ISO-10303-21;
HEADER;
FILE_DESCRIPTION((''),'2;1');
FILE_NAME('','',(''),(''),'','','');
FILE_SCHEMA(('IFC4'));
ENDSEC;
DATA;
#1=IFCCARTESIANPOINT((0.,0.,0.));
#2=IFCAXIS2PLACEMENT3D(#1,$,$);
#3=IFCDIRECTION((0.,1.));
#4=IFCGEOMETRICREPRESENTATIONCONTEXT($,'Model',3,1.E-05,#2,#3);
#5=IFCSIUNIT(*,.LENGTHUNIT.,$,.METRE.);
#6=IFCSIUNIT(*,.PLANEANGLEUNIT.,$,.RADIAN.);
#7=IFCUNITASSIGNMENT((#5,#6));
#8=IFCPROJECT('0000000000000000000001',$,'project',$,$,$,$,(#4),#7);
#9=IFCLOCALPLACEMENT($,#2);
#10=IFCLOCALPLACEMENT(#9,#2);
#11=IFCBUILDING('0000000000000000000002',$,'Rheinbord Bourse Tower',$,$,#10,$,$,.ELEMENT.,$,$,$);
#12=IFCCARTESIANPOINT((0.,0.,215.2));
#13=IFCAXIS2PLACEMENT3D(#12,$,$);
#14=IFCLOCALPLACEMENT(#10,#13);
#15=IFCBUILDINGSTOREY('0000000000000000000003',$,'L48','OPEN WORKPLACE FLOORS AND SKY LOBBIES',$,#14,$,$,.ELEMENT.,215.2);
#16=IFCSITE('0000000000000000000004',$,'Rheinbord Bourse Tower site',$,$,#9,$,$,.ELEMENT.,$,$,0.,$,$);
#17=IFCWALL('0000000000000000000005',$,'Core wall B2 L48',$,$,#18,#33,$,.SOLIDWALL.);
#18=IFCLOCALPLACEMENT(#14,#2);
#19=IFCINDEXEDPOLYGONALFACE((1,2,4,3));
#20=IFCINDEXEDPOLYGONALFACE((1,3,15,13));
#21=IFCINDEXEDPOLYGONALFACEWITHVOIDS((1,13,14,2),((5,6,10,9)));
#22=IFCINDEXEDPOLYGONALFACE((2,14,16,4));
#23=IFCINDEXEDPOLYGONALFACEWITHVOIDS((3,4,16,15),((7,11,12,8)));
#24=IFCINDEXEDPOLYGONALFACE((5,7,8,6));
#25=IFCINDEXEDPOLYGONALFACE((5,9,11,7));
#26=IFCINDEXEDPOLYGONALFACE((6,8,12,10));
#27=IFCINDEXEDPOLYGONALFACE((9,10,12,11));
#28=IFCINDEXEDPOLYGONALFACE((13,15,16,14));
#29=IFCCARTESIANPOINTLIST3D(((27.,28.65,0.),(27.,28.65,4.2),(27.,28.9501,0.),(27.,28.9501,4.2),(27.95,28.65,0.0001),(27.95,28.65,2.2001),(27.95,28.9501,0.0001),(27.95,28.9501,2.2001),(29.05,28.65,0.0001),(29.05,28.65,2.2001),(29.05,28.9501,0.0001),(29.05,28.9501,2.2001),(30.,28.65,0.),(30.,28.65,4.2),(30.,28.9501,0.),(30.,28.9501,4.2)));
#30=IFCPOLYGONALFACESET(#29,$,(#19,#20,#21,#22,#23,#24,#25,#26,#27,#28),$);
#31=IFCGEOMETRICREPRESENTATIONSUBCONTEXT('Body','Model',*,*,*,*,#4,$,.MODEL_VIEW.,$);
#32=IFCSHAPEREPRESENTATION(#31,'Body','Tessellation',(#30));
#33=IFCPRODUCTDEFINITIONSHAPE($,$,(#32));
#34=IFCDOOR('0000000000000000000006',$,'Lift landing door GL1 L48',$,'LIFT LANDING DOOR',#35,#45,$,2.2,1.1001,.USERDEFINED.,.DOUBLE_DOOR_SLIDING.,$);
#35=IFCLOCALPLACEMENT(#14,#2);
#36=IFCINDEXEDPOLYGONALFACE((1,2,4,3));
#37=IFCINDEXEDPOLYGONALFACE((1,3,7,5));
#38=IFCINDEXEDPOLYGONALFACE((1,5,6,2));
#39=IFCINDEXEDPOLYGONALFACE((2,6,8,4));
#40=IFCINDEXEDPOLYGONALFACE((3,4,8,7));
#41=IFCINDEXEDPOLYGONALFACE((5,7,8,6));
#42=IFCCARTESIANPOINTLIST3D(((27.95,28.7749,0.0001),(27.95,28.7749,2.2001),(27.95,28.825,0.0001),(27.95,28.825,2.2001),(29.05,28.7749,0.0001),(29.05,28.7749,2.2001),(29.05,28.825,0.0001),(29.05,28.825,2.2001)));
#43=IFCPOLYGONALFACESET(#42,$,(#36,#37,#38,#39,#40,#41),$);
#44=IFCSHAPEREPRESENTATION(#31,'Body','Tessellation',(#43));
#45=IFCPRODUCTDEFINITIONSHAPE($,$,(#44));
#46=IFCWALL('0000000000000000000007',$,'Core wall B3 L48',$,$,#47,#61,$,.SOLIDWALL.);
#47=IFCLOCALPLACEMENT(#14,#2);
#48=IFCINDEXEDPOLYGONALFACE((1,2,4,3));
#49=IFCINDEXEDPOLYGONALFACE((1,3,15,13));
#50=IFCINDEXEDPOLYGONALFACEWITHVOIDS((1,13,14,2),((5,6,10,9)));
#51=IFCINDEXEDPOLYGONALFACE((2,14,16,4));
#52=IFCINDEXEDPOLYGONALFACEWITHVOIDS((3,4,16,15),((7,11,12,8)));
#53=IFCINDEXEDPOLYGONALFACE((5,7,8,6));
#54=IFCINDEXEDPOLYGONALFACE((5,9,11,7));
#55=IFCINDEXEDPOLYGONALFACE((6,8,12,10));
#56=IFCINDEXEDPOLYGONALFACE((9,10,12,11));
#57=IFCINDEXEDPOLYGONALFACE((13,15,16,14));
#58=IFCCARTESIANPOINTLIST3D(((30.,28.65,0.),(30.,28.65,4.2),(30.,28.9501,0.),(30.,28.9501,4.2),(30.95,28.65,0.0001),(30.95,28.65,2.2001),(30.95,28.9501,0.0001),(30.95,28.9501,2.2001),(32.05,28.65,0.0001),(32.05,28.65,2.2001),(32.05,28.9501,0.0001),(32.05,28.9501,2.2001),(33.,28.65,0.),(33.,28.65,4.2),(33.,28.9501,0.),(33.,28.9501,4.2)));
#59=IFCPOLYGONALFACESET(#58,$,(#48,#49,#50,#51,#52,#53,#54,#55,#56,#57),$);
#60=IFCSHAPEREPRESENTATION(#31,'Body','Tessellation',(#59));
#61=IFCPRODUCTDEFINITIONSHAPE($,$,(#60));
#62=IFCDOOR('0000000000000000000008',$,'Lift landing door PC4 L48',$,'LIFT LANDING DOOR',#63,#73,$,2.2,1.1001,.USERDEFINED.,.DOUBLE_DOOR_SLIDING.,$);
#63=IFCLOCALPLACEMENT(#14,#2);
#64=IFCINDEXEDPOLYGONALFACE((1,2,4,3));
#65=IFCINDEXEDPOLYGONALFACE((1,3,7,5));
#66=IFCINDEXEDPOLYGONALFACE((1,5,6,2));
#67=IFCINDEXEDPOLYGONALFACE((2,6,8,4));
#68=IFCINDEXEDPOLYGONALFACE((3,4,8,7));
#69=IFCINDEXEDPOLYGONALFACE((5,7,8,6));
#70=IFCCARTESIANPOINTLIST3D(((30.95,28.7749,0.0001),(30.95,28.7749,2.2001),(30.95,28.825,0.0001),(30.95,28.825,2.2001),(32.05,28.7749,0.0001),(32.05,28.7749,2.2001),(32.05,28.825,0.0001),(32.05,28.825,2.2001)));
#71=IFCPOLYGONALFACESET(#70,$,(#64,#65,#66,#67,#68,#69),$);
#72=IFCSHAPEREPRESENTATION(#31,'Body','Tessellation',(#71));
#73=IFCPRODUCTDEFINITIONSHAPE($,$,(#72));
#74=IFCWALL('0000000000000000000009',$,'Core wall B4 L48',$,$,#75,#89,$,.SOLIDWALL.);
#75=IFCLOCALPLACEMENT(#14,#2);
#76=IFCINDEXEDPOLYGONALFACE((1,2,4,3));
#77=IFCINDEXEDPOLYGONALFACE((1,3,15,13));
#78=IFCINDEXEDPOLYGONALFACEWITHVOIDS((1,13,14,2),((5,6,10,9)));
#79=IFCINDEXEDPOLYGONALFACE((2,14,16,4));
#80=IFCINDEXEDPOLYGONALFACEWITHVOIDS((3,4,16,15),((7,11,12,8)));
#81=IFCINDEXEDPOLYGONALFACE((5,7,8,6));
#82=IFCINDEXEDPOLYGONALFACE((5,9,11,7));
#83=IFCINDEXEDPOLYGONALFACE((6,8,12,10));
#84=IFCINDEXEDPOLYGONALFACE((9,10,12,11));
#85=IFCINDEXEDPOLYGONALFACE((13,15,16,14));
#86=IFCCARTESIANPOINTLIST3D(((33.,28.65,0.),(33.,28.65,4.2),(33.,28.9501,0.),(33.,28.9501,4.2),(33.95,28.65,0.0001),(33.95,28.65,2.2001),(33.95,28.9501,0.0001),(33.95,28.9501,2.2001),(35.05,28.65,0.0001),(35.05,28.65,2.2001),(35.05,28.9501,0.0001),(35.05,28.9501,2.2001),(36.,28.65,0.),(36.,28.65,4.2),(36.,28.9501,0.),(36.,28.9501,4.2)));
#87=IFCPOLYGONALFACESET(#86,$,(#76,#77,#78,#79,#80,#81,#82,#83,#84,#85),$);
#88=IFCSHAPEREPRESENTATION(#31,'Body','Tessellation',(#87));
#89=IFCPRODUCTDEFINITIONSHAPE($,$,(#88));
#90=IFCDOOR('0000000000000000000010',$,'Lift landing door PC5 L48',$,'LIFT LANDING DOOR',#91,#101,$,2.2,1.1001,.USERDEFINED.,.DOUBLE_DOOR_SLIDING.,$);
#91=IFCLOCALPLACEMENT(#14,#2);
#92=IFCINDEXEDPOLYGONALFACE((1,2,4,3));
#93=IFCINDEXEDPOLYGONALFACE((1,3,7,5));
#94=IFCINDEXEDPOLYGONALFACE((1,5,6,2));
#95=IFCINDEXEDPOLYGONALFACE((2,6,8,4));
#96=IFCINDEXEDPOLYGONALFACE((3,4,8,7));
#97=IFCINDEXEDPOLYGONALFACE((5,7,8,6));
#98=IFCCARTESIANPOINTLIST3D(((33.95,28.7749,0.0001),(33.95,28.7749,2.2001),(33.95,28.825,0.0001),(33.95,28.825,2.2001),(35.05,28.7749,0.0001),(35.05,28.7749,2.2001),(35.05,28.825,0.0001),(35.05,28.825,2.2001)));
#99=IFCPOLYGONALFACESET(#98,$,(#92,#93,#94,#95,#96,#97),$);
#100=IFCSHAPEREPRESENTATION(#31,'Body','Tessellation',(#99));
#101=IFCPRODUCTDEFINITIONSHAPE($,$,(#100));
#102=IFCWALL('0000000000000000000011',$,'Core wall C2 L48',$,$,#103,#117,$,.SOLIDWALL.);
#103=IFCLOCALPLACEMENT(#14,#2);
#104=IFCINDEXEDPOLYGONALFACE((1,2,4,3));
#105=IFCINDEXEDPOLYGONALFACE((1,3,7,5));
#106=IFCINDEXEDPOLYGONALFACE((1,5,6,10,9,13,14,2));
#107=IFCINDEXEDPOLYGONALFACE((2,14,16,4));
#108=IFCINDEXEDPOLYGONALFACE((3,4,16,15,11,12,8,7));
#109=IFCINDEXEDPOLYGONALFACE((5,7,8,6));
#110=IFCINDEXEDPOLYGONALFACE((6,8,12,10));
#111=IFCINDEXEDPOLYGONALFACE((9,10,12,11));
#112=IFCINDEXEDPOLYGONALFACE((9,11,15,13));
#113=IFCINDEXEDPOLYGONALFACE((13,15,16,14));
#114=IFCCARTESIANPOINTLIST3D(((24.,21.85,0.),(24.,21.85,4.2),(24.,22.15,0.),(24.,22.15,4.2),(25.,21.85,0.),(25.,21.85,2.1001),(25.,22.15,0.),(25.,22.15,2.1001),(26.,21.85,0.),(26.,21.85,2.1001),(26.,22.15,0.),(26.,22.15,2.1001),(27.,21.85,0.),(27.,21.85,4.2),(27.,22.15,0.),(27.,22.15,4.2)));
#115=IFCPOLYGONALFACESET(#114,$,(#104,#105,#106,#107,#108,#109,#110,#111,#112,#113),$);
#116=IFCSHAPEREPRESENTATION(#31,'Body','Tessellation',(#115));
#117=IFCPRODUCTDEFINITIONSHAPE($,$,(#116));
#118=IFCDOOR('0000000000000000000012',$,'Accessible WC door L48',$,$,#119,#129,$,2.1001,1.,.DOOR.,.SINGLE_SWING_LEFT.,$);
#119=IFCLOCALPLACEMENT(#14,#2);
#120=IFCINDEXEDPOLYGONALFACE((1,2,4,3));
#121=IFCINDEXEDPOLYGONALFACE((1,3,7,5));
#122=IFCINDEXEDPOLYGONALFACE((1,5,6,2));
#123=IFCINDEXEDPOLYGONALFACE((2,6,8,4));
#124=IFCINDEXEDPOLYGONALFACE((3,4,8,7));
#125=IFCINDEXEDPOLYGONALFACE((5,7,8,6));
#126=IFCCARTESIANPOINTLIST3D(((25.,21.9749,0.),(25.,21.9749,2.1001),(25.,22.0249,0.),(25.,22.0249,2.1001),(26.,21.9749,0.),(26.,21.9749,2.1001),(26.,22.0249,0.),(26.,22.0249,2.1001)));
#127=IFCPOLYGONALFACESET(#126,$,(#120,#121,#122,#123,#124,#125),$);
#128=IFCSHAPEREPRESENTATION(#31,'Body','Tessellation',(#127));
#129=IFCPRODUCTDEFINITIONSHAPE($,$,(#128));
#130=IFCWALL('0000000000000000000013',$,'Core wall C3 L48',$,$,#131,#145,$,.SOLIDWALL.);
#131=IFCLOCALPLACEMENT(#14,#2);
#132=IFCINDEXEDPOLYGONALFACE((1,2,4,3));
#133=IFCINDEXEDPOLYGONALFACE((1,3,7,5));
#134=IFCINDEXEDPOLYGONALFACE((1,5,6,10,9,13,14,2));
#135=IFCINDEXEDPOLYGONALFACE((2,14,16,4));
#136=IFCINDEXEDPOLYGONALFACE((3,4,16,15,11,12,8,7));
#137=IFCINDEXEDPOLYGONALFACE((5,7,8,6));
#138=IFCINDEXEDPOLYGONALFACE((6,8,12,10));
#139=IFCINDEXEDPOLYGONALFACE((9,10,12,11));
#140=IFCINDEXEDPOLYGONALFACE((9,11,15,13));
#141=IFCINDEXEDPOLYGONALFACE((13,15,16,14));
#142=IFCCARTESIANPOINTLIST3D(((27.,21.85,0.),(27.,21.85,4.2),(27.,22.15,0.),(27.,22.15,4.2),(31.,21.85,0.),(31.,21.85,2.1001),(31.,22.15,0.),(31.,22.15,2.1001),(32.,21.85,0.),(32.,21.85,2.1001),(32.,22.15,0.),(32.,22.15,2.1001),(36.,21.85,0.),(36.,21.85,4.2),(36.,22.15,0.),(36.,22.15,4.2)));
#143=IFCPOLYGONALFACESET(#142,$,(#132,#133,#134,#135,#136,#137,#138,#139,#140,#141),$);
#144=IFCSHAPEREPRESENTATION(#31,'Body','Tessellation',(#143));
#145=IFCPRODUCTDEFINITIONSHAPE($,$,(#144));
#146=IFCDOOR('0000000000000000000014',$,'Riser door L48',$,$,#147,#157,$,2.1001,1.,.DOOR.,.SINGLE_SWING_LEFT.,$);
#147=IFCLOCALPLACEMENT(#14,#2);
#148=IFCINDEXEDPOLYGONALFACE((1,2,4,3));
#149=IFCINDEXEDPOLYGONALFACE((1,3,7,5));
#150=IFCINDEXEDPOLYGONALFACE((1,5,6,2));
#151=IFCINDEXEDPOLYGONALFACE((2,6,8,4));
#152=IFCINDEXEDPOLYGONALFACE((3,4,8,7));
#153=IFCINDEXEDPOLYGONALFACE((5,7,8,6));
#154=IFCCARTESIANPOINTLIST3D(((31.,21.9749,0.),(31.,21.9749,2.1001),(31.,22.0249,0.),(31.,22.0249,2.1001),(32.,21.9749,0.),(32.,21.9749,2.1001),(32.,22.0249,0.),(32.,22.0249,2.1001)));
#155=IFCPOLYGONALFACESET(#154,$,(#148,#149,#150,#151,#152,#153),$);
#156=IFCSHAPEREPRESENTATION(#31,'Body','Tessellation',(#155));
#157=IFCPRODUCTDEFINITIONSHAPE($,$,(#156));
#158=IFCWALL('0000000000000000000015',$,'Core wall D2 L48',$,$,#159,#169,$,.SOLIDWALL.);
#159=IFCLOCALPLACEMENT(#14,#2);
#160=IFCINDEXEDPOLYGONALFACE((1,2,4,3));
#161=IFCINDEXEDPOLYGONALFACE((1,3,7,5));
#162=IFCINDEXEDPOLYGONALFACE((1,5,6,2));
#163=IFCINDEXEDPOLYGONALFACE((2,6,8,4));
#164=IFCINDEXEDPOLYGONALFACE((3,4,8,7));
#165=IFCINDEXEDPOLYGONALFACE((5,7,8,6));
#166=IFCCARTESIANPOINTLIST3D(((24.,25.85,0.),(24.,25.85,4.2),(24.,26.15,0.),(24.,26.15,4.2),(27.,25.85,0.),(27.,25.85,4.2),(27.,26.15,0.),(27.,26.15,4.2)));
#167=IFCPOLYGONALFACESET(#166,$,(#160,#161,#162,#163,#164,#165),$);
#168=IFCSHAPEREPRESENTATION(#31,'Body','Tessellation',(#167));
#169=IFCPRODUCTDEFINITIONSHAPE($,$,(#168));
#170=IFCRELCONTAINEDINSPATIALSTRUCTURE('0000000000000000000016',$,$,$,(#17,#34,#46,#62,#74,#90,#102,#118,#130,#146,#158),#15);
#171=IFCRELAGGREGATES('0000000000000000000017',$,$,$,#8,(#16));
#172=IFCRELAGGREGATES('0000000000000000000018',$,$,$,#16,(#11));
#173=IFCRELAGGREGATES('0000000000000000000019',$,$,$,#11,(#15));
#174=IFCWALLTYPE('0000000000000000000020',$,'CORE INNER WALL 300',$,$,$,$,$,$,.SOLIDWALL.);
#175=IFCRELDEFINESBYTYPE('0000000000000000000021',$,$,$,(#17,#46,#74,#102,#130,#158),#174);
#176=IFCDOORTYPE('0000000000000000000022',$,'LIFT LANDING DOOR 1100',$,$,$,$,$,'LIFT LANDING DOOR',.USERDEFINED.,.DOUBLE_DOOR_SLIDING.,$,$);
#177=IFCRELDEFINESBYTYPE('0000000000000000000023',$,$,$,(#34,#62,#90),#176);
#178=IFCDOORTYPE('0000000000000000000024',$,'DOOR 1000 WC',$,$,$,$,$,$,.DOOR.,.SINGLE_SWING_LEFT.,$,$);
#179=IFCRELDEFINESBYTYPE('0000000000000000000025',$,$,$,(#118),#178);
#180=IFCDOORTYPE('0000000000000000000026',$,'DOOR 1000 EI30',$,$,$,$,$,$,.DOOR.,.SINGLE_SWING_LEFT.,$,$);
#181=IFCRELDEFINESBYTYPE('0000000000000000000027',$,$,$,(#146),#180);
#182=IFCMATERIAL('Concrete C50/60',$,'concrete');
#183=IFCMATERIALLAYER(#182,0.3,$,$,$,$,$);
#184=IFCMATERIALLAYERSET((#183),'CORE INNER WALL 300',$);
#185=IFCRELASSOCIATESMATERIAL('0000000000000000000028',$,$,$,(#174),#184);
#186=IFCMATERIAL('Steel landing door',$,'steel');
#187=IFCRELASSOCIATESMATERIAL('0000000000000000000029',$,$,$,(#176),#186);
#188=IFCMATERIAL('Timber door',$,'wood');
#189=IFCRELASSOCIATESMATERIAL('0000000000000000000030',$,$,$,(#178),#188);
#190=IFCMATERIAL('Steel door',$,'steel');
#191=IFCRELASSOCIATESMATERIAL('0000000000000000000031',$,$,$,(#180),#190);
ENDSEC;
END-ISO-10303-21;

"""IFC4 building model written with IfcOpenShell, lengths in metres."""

from ifc_helpers import new_model, si_unit, direction, frame, frame_2d, origin, place, context, subcontext, project, spatial, rectangle, extrude, material, layer, layer_set, type_object, element, fill, save


model = new_model("IFC4")

# Units and contexts
model_context = context("Model", 3, precision=1e-05, world=origin(), true_north=direction((0.0, 1.0)))
body_context = subcontext(model_context, "Body", "Model", "MODEL_VIEW")
ifc_project = project(units=[si_unit("LENGTHUNIT", "METRE"), si_unit("PLANEANGLEUNIT", "RADIAN")], contexts=[model_context])

# Site, building, storey
site_placement = place(None, origin())
site = spatial("IfcSite", under=ifc_project, at=site_placement, Name="Rheinbord Bourse Tower site", CompositionType="ELEMENT", RefElevation=0.0)
building_placement = place(site_placement, origin())
building = spatial("IfcBuilding", under=site, at=building_placement, Name="Rheinbord Bourse Tower", CompositionType="ELEMENT")
storey_placement = place(building_placement, frame((0.0, 0.0, 215.2)))
storey = spatial("IfcBuildingStorey", under=building, at=storey_placement, Name="L48", Description="OPEN WORKPLACE FLOORS AND SKY LOBBIES", CompositionType="ELEMENT", Elevation=215.2)

# Walls, openings, doors
ifc_material_1 = material(Name="Concrete C50/60", Category="concrete")
ifc_layer_1 = layer(ifc_material_1, 0.3)
ifc_layer_set_1 = layer_set([ifc_layer_1], Name="CORE INNER WALL 300")
wall_type_1 = type_object("IfcWallType", Name="CORE INNER WALL 300", PredefinedType="SOLIDWALL", material=ifc_layer_set_1)
wall_1_placement = place(storey_placement, frame((27.0, 28.8, 0.0), z_axis=(0.0, 0.0, 1.0), x_axis=(1.0, 0.0, 0.0)))
wall_1 = element("IfcWall", 1, at=wall_1_placement, inside=storey, type_object=wall_type_1, Name="Core wall B2 L48", PredefinedType="SOLIDWALL", context=body_context, shape_type="SweptSolid", body=[
    extrude(rectangle(XDim=3.0, YDim=0.3, at=frame_2d((1.5, 0.0))), origin(), (0.0, 0.0, 1.0), 4.2),
])
opening_1_placement = place(wall_1_placement, frame((0.95, 0.0, 0.0)))
opening_1 = element("IfcOpeningElement", 2, at=opening_1_placement, cuts=wall_1, PredefinedType="OPENING", context=body_context, shape_type="SweptSolid", body=[
    extrude(rectangle(XDim=1.1001, YDim=2.2, at=frame_2d((0.55, 1.1001))), frame((0.0, 0.1599, 0.0), z_axis=(0.0, -1.0, 0.0), x_axis=(1.0, 0.0, 0.0)), (0.0, 0.0, 1.0), 0.3201),
])
ifc_material_2 = material(Name="Steel landing door", Category="steel")
door_type_1 = type_object("IfcDoorType", Name="LIFT LANDING DOOR 1100", ElementType="LIFT LANDING DOOR", OperationType="DOUBLE_DOOR_SLIDING", PredefinedType="USERDEFINED", material=ifc_material_2)
door_1_placement = place(opening_1_placement, origin())
door_1 = element("IfcDoor", 3, at=door_1_placement, inside=storey, type_object=door_type_1, Name="Lift landing door GL1 L48", ObjectType="LIFT LANDING DOOR", OperationType="DOUBLE_DOOR_SLIDING", OverallHeight=2.2, OverallWidth=1.1001, PredefinedType="USERDEFINED", context=body_context, shape_type="SweptSolid", body=[
    extrude(rectangle(XDim=1.1001, YDim=2.2, at=frame_2d((0.55, 1.1001))), frame((0.0, 0.0249, 0.0), z_axis=(0.0, -1.0, 0.0), x_axis=(1.0, 0.0, 0.0)), (0.0, 0.0, 1.0), 0.05),
])
fill(opening_1, door_1)
wall_2_placement = place(storey_placement, frame((30.0, 28.8, 0.0), z_axis=(0.0, 0.0, 1.0), x_axis=(1.0, 0.0, 0.0)))
wall_2 = element("IfcWall", 4, at=wall_2_placement, inside=storey, type_object=wall_type_1, Name="Core wall B3 L48", PredefinedType="SOLIDWALL", context=body_context, shape_type="SweptSolid", body=[
    extrude(rectangle(XDim=3.0, YDim=0.3, at=frame_2d((1.5, 0.0))), origin(), (0.0, 0.0, 1.0), 4.2),
])
opening_2_placement = place(wall_2_placement, frame((0.95, 0.0, 0.0)))
opening_2 = element("IfcOpeningElement", 5, at=opening_2_placement, cuts=wall_2, PredefinedType="OPENING", context=body_context, shape_type="SweptSolid", body=[
    extrude(rectangle(XDim=1.1001, YDim=2.2, at=frame_2d((0.55, 1.1001))), frame((0.0, 0.1599, 0.0), z_axis=(0.0, -1.0, 0.0), x_axis=(1.0, 0.0, 0.0)), (0.0, 0.0, 1.0), 0.3201),
])
door_2_placement = place(opening_2_placement, origin())
door_2 = element("IfcDoor", 6, at=door_2_placement, inside=storey, type_object=door_type_1, Name="Lift landing door PC4 L48", ObjectType="LIFT LANDING DOOR", OperationType="DOUBLE_DOOR_SLIDING", OverallHeight=2.2, OverallWidth=1.1001, PredefinedType="USERDEFINED", context=body_context, shape_type="SweptSolid", body=[
    extrude(rectangle(XDim=1.1001, YDim=2.2, at=frame_2d((0.55, 1.1001))), frame((0.0, 0.0249, 0.0), z_axis=(0.0, -1.0, 0.0), x_axis=(1.0, 0.0, 0.0)), (0.0, 0.0, 1.0), 0.05),
])
fill(opening_2, door_2)
wall_3_placement = place(storey_placement, frame((33.0, 28.8, 0.0), z_axis=(0.0, 0.0, 1.0), x_axis=(1.0, 0.0, 0.0)))
wall_3 = element("IfcWall", 7, at=wall_3_placement, inside=storey, type_object=wall_type_1, Name="Core wall B4 L48", PredefinedType="SOLIDWALL", context=body_context, shape_type="SweptSolid", body=[
    extrude(rectangle(XDim=3.0, YDim=0.3, at=frame_2d((1.5, 0.0))), origin(), (0.0, 0.0, 1.0), 4.2),
])
opening_3_placement = place(wall_3_placement, frame((0.95, 0.0, 0.0)))
opening_3 = element("IfcOpeningElement", 8, at=opening_3_placement, cuts=wall_3, PredefinedType="OPENING", context=body_context, shape_type="SweptSolid", body=[
    extrude(rectangle(XDim=1.1001, YDim=2.2, at=frame_2d((0.55, 1.1001))), frame((0.0, 0.1599, 0.0), z_axis=(0.0, -1.0, 0.0), x_axis=(1.0, 0.0, 0.0)), (0.0, 0.0, 1.0), 0.3201),
])
door_3_placement = place(opening_3_placement, origin())
door_3 = element("IfcDoor", 9, at=door_3_placement, inside=storey, type_object=door_type_1, Name="Lift landing door PC5 L48", ObjectType="LIFT LANDING DOOR", OperationType="DOUBLE_DOOR_SLIDING", OverallHeight=2.2, OverallWidth=1.1001, PredefinedType="USERDEFINED", context=body_context, shape_type="SweptSolid", body=[
    extrude(rectangle(XDim=1.1001, YDim=2.2, at=frame_2d((0.55, 1.1001))), frame((0.0, 0.0249, 0.0), z_axis=(0.0, -1.0, 0.0), x_axis=(1.0, 0.0, 0.0)), (0.0, 0.0, 1.0), 0.05),
])
fill(opening_3, door_3)
wall_4_placement = place(storey_placement, frame((24.0, 22.0, 0.0), z_axis=(0.0, 0.0, 1.0), x_axis=(1.0, 0.0, 0.0)))
wall_4 = element("IfcWall", 10, at=wall_4_placement, inside=storey, type_object=wall_type_1, Name="Core wall C2 L48", PredefinedType="SOLIDWALL", context=body_context, shape_type="SweptSolid", body=[
    extrude(rectangle(XDim=3.0, YDim=0.3, at=frame_2d((1.5, 0.0))), origin(), (0.0, 0.0, 1.0), 4.2),
])
opening_4_placement = place(wall_4_placement, frame((1.0, 0.0, 0.0)))
opening_4 = element("IfcOpeningElement", 11, at=opening_4_placement, cuts=wall_4, PredefinedType="OPENING", context=body_context, shape_type="SweptSolid", body=[
    extrude(rectangle(XDim=1.0, YDim=2.1001, at=frame_2d((0.5, 1.05))), frame((0.0, 0.1599, 0.0), z_axis=(0.0, -1.0, 0.0), x_axis=(1.0, 0.0, 0.0)), (0.0, 0.0, 1.0), 0.3201),
])
ifc_material_3 = material(Name="Timber door", Category="wood")
door_type_2 = type_object("IfcDoorType", Name="DOOR 1000 WC", OperationType="SINGLE_SWING_LEFT", PredefinedType="DOOR", material=ifc_material_3)
door_4_placement = place(opening_4_placement, origin())
door_4 = element("IfcDoor", 12, at=door_4_placement, inside=storey, type_object=door_type_2, Name="Accessible WC door L48", OperationType="SINGLE_SWING_LEFT", OverallHeight=2.1001, OverallWidth=1.0, PredefinedType="DOOR", context=body_context, shape_type="SweptSolid", body=[
    extrude(rectangle(XDim=1.0, YDim=2.1001, at=frame_2d((0.5, 1.05))), frame((0.0, 0.0249, 0.0), z_axis=(0.0, -1.0, 0.0), x_axis=(1.0, 0.0, 0.0)), (0.0, 0.0, 1.0), 0.05),
])
fill(opening_4, door_4)
wall_5_placement = place(storey_placement, frame((27.0, 22.0, 0.0), z_axis=(0.0, 0.0, 1.0), x_axis=(1.0, 0.0, 0.0)))
wall_5 = element("IfcWall", 13, at=wall_5_placement, inside=storey, type_object=wall_type_1, Name="Core wall C3 L48", PredefinedType="SOLIDWALL", context=body_context, shape_type="SweptSolid", body=[
    extrude(rectangle(XDim=9.0, YDim=0.3, at=frame_2d((4.5, 0.0))), origin(), (0.0, 0.0, 1.0), 4.2),
])
opening_5_placement = place(wall_5_placement, frame((4.0, 0.0, 0.0)))
opening_5 = element("IfcOpeningElement", 14, at=opening_5_placement, cuts=wall_5, PredefinedType="OPENING", context=body_context, shape_type="SweptSolid", body=[
    extrude(rectangle(XDim=1.0, YDim=2.1001, at=frame_2d((0.5, 1.05))), frame((0.0, 0.1599, 0.0), z_axis=(0.0, -1.0, 0.0), x_axis=(1.0, 0.0, 0.0)), (0.0, 0.0, 1.0), 0.3201),
])
ifc_material_4 = material(Name="Steel door", Category="steel")
door_type_3 = type_object("IfcDoorType", Name="DOOR 1000 EI30", OperationType="SINGLE_SWING_LEFT", PredefinedType="DOOR", material=ifc_material_4)
door_5_placement = place(opening_5_placement, origin())
door_5 = element("IfcDoor", 15, at=door_5_placement, inside=storey, type_object=door_type_3, Name="Riser door L48", OperationType="SINGLE_SWING_LEFT", OverallHeight=2.1001, OverallWidth=1.0, PredefinedType="DOOR", context=body_context, shape_type="SweptSolid", body=[
    extrude(rectangle(XDim=1.0, YDim=2.1001, at=frame_2d((0.5, 1.05))), frame((0.0, 0.0249, 0.0), z_axis=(0.0, -1.0, 0.0), x_axis=(1.0, 0.0, 0.0)), (0.0, 0.0, 1.0), 0.05),
])
fill(opening_5, door_5)

# Wall
wall_6_placement = place(storey_placement, frame((24.0, 26.0, 0.0), z_axis=(0.0, 0.0, 1.0), x_axis=(1.0, 0.0, 0.0)))
element("IfcWall", 16, at=wall_6_placement, inside=storey, type_object=wall_type_1, Name="Core wall D2 L48", PredefinedType="SOLIDWALL", context=body_context, shape_type="SweptSolid", body=[
    extrude(rectangle(XDim=3.0, YDim=0.3, at=frame_2d((1.5, 0.0))), origin(), (0.0, 0.0, 1.0), 4.2),
])

save(model, "model.ifc")
